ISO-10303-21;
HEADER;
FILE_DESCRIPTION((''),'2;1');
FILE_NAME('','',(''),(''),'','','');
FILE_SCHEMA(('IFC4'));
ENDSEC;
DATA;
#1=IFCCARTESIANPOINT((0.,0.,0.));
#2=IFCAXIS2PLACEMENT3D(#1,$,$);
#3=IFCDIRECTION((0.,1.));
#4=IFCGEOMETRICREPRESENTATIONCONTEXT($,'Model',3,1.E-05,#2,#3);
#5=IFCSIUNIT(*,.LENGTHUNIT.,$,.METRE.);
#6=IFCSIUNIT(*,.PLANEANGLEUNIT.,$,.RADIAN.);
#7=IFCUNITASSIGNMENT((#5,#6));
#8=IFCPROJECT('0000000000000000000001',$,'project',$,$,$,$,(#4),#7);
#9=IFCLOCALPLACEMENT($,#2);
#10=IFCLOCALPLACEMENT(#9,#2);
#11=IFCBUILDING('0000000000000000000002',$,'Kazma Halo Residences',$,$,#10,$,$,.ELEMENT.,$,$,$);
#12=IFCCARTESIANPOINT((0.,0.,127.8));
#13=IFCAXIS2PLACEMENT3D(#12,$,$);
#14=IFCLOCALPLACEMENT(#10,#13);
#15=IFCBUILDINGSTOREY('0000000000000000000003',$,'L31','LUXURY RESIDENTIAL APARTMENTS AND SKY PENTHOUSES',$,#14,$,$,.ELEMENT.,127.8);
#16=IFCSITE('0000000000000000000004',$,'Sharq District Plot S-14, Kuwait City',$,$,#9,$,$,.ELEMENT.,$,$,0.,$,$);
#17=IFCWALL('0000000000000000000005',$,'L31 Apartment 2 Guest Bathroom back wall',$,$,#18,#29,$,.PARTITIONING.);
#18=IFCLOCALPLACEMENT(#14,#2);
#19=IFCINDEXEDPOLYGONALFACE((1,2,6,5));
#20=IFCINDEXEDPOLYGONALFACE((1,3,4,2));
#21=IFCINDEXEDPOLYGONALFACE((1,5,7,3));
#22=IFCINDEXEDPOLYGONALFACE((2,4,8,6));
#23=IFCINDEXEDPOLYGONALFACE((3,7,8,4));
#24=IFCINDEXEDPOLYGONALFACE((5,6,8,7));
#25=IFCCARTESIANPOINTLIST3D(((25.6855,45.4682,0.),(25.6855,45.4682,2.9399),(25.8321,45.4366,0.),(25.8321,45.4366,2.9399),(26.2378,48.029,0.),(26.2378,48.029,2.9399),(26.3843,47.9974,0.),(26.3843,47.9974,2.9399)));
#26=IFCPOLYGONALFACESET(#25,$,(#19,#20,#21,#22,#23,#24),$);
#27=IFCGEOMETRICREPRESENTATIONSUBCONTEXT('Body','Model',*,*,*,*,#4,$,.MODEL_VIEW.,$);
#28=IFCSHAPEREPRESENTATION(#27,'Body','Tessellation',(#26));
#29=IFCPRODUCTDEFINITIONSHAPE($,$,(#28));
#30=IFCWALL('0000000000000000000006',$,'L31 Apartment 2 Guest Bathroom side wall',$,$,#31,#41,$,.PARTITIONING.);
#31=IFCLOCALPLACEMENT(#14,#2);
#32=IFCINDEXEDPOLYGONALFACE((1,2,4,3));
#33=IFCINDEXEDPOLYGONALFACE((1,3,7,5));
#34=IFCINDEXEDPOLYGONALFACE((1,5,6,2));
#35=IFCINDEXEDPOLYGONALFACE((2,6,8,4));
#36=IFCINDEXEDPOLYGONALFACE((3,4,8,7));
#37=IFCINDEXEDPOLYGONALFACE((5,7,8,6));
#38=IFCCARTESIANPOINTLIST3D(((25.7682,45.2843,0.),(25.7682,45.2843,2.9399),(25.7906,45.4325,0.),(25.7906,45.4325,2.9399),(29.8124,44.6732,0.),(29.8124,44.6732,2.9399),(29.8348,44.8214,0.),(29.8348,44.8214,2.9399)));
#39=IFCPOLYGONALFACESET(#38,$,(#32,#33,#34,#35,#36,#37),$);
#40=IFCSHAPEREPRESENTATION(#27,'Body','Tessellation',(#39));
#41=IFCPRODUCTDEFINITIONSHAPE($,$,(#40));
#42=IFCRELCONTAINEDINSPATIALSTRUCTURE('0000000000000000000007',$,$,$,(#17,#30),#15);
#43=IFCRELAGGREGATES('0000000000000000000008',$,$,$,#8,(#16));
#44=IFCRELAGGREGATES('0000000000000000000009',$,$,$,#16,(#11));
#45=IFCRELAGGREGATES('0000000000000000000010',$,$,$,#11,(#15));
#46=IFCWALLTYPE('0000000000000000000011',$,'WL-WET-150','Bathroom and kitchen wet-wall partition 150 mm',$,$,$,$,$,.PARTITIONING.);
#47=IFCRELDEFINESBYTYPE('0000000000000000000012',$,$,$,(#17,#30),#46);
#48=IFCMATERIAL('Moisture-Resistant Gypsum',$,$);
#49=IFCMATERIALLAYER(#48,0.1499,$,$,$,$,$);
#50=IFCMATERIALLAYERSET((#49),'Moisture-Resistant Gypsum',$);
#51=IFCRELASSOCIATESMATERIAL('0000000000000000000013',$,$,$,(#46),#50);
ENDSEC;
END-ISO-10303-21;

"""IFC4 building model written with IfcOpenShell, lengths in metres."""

from ifc_helpers import new_model, si_unit, direction, frame, frame_2d, origin, place, context, subcontext, project, spatial, rectangle, extrude, material, layer, layer_set, type_object, element, save


model = new_model("IFC4")

# Units and contexts
model_context = context("Model", 3, precision=1e-05, world=origin(), true_north=direction((0.0, 1.0)))
body_context = subcontext(model_context, "Body", "Model", "MODEL_VIEW")
ifc_project = project(units=[si_unit("LENGTHUNIT", "METRE"), si_unit("PLANEANGLEUNIT", "RADIAN")], contexts=[model_context])

# Site, building, storey
site_placement = place(None, origin())
site = spatial("IfcSite", under=ifc_project, at=site_placement, Name="Sharq District Plot S-14, Kuwait City", CompositionType="ELEMENT", RefElevation=0.0)
building_placement = place(site_placement, origin())
building = spatial("IfcBuilding", under=site, at=building_placement, Name="Kazma Halo Residences", CompositionType="ELEMENT")
storey_placement = place(building_placement, frame((0.0, 0.0, 127.8)))
storey = spatial("IfcBuildingStorey", under=building, at=storey_placement, Name="L31", Description="LUXURY RESIDENTIAL APARTMENTS AND SKY PENTHOUSES", CompositionType="ELEMENT", Elevation=127.8)

# Shared definitions
ifc_material_1 = material(Name="Moisture-Resistant Gypsum")
ifc_layer_1 = layer(ifc_material_1, 0.1499)
ifc_layer_set_1 = layer_set([ifc_layer_1], Name="Moisture-Resistant Gypsum")
wall_type_1 = type_object("IfcWallType", Name="WL-WET-150", Description="Bathroom and kitchen wet-wall partition 150 mm", PredefinedType="PARTITIONING", material=ifc_layer_set_1)

# Walls
wall_1_placement = place(storey_placement, frame((26.311, 48.0132, 0.0), z_axis=(0.0, 0.0, 1.0), x_axis=(-0.210808, -0.977527, 0.0)))
element("IfcWall", 1, at=wall_1_placement, inside=storey, type_object=wall_type_1, Name="L31 Apartment 2 Guest Bathroom back wall", PredefinedType="PARTITIONING", context=body_context, shape_type="SweptSolid", body=[
    extrude(rectangle(XDim=2.6196, YDim=0.1499, at=frame_2d((1.3098, 0.0))), origin(), (0.0, 0.0, 1.0), 2.9399),
])
wall_2_placement = place(storey_placement, frame((29.8235, 44.7473, 0.0), z_axis=(0.0, 0.0, 1.0), x_axis=(-0.988776, 0.149406, 0.0)))
element("IfcWall", 2, at=wall_2_placement, inside=storey, type_object=wall_type_1, Name="L31 Apartment 2 Guest Bathroom side wall", PredefinedType="PARTITIONING", context=body_context, shape_type="SweptSolid", body=[
    extrude(rectangle(XDim=4.0901, YDim=0.1499, at=frame_2d((2.0449, 0.0))), origin(), (0.0, 0.0, 1.0), 2.9399),
])

save(model, "model.ifc")
